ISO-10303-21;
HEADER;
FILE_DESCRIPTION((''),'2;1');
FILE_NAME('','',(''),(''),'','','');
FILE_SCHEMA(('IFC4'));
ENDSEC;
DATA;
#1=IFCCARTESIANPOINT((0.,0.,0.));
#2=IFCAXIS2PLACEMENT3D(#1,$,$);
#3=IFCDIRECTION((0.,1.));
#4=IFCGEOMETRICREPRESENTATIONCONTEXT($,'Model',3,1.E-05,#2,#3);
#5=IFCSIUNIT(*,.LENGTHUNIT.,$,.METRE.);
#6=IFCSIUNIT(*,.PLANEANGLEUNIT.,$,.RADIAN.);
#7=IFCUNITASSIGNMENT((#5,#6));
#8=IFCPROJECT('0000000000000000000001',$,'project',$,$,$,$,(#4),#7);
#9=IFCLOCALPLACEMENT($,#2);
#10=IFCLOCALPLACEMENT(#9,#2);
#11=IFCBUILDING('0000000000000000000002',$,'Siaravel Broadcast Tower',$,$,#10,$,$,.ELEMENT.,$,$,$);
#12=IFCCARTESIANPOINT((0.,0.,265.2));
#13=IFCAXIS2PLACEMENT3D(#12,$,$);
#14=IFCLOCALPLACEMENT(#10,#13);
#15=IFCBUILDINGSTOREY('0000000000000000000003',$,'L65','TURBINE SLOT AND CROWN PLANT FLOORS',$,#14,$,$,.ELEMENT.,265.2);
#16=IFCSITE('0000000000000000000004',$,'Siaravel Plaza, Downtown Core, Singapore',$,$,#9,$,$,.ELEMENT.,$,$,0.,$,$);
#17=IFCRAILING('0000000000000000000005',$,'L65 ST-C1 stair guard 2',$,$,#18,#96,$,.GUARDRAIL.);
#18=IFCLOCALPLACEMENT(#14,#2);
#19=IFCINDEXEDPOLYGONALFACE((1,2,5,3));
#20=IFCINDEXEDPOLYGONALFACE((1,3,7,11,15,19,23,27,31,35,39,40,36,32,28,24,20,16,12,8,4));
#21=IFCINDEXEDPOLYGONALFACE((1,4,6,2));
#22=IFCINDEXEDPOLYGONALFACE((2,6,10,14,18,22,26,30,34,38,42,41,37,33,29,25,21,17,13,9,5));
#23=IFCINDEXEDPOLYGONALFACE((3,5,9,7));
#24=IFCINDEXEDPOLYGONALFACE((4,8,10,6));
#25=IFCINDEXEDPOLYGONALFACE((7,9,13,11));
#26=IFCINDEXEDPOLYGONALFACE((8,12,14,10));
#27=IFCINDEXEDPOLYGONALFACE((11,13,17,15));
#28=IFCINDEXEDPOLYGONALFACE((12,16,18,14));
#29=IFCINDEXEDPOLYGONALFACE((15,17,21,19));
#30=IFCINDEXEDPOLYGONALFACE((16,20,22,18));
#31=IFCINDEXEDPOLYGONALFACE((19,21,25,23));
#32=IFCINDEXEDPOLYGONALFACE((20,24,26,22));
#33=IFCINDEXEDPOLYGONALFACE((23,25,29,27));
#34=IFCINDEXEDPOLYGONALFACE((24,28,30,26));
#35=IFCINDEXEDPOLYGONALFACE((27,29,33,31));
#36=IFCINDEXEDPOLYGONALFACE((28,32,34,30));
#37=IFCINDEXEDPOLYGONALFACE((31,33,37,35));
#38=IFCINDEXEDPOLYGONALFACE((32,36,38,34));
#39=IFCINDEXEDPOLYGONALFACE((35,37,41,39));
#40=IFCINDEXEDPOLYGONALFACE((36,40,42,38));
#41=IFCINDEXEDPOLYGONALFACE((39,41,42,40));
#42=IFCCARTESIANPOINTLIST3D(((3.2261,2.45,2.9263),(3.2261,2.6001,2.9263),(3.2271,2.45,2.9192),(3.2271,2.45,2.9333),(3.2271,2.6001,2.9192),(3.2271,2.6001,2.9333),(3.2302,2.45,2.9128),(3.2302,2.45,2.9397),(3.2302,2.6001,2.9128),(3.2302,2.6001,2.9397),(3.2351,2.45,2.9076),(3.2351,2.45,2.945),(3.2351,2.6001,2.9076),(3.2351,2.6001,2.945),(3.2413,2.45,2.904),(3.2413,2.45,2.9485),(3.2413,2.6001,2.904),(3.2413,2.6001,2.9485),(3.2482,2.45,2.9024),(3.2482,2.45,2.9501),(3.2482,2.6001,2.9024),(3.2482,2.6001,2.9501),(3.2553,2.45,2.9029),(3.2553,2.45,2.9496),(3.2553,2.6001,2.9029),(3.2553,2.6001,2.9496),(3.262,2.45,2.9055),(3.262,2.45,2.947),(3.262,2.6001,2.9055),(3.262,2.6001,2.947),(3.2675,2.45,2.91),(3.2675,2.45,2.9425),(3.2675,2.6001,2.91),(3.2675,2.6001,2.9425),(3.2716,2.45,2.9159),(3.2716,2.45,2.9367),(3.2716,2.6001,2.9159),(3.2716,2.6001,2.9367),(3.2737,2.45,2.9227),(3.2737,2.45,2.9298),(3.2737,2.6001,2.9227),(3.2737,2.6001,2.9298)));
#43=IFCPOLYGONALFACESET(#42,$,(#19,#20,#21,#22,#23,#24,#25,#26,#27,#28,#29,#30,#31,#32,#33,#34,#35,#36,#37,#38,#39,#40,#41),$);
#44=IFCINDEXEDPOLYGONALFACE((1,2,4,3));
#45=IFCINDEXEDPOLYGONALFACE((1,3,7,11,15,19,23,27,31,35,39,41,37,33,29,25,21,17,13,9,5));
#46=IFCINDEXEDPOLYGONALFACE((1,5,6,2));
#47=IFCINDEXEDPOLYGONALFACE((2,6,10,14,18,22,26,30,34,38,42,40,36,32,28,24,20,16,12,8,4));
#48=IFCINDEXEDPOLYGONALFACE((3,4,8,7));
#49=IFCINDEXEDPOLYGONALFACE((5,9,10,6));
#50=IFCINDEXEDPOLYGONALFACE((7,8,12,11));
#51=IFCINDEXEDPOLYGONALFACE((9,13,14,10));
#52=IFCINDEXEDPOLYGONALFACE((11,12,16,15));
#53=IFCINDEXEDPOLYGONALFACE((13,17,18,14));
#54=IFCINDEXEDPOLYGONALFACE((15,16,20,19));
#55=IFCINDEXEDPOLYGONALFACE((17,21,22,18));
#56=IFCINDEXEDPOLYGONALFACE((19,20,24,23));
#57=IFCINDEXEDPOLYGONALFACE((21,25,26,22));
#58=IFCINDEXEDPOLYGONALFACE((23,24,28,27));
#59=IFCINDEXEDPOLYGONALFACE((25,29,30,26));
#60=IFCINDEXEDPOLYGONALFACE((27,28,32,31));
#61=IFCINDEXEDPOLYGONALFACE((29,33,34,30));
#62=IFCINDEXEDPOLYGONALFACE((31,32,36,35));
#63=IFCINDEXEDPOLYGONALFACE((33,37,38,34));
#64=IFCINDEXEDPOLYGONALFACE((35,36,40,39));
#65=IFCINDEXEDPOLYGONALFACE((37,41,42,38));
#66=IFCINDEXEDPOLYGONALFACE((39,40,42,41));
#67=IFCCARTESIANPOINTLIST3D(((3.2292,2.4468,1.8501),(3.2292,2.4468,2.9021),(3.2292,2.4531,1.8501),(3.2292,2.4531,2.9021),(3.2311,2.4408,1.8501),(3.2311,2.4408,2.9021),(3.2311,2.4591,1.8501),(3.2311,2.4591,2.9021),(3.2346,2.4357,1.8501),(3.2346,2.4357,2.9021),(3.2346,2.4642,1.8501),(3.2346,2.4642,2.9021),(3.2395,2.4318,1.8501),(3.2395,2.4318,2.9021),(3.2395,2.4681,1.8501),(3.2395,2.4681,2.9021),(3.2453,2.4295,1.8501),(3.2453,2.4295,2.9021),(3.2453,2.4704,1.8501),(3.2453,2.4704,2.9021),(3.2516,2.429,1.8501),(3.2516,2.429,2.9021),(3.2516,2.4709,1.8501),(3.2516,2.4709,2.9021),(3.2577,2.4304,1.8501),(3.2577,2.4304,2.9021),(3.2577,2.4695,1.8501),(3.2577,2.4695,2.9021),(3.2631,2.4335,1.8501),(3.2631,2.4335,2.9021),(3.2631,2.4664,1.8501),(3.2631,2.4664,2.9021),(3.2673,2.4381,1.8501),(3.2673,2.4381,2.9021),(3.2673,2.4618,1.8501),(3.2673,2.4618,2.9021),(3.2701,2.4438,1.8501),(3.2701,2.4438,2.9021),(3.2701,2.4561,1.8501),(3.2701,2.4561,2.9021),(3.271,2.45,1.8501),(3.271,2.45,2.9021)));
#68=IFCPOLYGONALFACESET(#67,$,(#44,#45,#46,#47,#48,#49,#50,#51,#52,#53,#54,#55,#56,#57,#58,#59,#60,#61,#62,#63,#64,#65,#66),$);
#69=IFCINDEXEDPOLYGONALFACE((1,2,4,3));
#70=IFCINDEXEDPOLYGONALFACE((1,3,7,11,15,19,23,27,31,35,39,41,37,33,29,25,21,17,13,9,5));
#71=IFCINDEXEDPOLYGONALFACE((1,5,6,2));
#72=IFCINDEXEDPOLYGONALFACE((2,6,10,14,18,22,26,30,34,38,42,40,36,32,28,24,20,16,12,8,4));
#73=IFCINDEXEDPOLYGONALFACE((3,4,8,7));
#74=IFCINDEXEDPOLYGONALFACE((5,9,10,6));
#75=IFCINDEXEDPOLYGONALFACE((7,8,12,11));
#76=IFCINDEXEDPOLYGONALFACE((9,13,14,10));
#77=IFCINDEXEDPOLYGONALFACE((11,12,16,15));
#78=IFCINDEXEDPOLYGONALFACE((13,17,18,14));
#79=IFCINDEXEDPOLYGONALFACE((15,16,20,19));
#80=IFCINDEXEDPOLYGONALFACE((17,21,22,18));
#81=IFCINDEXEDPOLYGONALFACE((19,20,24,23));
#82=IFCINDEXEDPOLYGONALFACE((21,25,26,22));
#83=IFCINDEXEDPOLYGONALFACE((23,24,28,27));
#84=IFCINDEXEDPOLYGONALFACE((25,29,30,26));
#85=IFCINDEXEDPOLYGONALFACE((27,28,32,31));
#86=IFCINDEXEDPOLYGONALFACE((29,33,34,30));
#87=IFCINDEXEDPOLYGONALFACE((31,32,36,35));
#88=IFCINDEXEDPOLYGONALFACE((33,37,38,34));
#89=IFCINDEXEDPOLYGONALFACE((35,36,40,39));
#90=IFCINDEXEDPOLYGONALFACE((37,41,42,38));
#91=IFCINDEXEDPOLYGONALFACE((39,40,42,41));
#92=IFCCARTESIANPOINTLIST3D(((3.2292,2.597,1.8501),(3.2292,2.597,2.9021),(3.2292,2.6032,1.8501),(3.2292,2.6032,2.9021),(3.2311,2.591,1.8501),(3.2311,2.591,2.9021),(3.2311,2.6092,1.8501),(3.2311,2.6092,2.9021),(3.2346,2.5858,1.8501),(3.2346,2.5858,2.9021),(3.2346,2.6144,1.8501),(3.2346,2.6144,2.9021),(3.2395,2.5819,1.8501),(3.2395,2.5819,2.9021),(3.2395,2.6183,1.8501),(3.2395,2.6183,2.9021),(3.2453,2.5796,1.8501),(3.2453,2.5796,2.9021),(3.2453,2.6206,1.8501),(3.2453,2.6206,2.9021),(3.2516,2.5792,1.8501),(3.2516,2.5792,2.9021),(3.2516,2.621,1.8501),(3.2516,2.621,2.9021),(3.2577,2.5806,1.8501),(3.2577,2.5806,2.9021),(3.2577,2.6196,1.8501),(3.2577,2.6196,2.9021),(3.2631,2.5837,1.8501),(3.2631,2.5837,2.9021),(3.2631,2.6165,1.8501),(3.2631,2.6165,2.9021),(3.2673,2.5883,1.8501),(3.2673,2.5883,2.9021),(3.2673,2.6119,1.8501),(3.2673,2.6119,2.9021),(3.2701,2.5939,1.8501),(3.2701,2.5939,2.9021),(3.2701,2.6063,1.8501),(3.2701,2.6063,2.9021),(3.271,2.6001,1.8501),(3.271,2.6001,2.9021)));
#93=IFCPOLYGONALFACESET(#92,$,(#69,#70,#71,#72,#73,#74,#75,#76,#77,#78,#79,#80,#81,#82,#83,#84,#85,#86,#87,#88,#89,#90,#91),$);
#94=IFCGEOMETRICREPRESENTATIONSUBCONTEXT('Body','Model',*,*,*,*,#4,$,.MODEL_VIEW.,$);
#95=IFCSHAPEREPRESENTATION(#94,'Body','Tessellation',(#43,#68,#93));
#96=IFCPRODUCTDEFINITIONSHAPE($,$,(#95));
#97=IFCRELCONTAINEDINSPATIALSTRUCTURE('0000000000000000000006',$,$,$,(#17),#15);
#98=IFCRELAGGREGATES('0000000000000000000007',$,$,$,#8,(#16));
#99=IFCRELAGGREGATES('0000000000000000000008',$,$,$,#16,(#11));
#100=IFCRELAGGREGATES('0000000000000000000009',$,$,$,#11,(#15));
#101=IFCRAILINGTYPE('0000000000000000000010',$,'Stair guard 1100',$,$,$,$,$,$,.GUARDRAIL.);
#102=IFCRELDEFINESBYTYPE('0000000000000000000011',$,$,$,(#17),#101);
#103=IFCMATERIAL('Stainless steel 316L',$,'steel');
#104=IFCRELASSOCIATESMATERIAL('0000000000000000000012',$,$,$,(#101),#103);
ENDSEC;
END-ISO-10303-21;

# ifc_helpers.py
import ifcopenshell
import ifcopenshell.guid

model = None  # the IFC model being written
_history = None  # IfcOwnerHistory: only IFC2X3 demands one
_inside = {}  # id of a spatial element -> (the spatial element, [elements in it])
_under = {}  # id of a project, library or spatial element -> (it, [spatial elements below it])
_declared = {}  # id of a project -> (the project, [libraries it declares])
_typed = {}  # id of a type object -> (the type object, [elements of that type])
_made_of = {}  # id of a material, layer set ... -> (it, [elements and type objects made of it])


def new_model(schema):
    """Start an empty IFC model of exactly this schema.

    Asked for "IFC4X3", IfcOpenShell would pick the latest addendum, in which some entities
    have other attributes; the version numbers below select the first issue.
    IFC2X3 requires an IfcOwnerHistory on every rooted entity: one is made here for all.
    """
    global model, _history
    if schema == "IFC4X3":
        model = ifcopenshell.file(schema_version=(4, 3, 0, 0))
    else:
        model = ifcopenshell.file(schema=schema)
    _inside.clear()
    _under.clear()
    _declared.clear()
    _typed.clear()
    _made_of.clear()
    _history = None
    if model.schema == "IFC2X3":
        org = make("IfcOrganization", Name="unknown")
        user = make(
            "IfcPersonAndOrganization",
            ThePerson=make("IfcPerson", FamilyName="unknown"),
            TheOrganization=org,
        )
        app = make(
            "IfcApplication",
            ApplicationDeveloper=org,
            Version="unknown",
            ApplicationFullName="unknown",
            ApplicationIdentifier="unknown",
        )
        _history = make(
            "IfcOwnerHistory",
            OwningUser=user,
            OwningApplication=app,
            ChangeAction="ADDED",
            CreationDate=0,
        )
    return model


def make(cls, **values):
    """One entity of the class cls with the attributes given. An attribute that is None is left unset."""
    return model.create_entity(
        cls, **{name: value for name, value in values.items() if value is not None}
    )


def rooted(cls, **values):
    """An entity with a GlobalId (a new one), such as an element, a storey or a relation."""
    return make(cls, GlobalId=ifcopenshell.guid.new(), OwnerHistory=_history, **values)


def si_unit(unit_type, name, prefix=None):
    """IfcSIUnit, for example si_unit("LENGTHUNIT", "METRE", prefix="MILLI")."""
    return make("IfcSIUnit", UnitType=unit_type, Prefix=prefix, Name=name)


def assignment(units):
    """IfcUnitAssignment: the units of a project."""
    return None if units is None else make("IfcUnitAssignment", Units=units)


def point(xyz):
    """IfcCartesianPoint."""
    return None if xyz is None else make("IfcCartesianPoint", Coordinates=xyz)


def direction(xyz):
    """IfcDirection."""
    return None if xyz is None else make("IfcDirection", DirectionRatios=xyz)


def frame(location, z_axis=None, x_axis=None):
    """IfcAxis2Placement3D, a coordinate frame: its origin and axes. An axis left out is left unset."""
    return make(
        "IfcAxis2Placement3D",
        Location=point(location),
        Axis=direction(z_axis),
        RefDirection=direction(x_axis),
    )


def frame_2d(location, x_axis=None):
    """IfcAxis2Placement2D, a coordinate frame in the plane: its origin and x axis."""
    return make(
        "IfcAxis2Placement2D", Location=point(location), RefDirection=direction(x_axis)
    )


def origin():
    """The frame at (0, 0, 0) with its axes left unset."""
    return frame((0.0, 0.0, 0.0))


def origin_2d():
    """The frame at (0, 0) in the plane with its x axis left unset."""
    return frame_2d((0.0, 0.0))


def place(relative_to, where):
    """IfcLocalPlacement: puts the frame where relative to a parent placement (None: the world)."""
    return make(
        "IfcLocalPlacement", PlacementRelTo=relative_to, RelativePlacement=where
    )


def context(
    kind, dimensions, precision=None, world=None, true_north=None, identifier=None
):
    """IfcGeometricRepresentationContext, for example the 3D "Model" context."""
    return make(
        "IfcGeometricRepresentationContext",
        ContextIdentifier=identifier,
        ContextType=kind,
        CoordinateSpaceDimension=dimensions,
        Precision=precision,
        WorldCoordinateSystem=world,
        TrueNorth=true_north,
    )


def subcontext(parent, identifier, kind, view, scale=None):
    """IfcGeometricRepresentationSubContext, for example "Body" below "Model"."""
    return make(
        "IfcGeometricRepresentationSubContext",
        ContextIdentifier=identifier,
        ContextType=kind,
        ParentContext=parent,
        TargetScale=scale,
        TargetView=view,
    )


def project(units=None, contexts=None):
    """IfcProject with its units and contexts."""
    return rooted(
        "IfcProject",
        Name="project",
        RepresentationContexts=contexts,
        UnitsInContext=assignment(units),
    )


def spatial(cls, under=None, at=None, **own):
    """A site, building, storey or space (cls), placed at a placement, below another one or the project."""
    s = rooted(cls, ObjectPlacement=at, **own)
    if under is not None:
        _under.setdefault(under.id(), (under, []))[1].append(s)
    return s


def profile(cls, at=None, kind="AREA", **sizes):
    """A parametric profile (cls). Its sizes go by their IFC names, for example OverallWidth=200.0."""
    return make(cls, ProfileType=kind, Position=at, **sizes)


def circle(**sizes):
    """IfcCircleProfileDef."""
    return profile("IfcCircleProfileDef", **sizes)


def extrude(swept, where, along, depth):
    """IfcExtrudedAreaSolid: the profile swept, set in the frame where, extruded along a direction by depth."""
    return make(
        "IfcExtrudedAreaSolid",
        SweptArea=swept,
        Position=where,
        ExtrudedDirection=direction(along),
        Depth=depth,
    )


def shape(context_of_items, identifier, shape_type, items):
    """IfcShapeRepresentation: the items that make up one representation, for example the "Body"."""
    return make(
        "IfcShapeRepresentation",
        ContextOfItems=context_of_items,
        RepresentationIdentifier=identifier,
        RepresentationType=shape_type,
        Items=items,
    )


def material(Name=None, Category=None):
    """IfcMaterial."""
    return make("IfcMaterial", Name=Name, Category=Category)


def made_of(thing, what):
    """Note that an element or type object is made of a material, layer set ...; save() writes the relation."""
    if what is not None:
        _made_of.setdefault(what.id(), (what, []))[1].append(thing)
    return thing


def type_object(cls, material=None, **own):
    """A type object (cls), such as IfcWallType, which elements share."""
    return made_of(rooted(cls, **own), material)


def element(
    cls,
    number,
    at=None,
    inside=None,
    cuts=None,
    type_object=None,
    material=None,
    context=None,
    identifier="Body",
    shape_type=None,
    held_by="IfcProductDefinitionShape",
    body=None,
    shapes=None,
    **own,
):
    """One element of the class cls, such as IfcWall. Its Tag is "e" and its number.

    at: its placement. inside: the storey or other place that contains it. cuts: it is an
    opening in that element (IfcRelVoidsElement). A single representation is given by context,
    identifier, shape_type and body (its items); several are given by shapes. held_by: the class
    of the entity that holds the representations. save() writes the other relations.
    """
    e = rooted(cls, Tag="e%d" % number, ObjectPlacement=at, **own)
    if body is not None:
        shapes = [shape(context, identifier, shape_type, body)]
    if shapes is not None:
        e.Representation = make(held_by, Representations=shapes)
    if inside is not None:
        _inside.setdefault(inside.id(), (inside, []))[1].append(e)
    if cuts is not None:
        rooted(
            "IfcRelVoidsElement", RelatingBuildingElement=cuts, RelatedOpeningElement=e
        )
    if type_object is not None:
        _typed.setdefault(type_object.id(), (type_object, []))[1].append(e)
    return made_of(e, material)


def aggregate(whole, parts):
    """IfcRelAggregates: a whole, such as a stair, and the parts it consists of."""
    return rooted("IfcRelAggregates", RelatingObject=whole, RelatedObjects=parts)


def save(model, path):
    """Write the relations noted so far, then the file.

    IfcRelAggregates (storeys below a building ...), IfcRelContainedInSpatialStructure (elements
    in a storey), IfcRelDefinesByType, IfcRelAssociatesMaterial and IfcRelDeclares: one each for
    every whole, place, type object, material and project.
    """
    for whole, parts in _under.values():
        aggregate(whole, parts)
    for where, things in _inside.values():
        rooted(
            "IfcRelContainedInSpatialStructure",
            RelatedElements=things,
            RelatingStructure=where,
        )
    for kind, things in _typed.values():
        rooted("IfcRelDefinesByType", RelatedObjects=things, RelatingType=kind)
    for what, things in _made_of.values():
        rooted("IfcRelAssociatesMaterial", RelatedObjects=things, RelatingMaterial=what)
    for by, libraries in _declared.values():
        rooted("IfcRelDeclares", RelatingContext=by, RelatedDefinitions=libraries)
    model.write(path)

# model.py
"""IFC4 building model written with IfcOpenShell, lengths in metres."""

from ifc_helpers import new_model, si_unit, direction, frame, origin, origin_2d, place, context, subcontext, project, spatial, circle, extrude, material, type_object, element, save


model = new_model("IFC4")

# Units and contexts
model_context = context("Model", 3, precision=1e-05, world=origin(), true_north=direction((0.0, 1.0)))
body_context = subcontext(model_context, "Body", "Model", "MODEL_VIEW")
ifc_project = project(units=[si_unit("LENGTHUNIT", "METRE"), si_unit("PLANEANGLEUNIT", "RADIAN")], contexts=[model_context])

# Site, building, storey
site_placement = place(None, origin())
site = spatial("IfcSite", under=ifc_project, at=site_placement, Name="Siaravel Plaza, Downtown Core, Singapore", CompositionType="ELEMENT", RefElevation=0.0)
building_placement = place(site_placement, origin())
building = spatial("IfcBuilding", under=site, at=building_placement, Name="Siaravel Broadcast Tower", CompositionType="ELEMENT")
storey_placement = place(building_placement, frame((0.0, 0.0, 265.2)))
storey = spatial("IfcBuildingStorey", under=building, at=storey_placement, Name="L65", Description="TURBINE SLOT AND CROWN PLANT FLOORS", CompositionType="ELEMENT", Elevation=265.2)

# Railing
ifc_material_1 = material(Name="Stainless steel 316L", Category="steel")
railing_type_1 = type_object("IfcRailingType", Name="Stair guard 1100", PredefinedType="GUARDRAIL", material=ifc_material_1)
railing_1_placement = place(storey_placement, frame((3.25, 2.45, 1.8501)))
element("IfcRailing", 1, at=railing_1_placement, inside=storey, type_object=railing_type_1, Name="L65 ST-C1 stair guard 2", PredefinedType="GUARDRAIL", context=body_context, shape_type="SweptSolid", body=[
    extrude(circle(Radius=0.0239, at=origin_2d()), frame((0.0, 0.0, 1.0762), z_axis=(0.0, 1.0, 0.0), x_axis=(-1.0, 0.0, 0.0)), (0.0, 0.0, 1.0), 0.1501),
    extrude(circle(Radius=0.021, at=origin_2d()), origin(), (0.0, 0.0, 1.0), 1.052),
    extrude(circle(Radius=0.021, at=origin_2d()), frame((0.0, 0.1501, 0.0)), (0.0, 0.0, 1.0), 1.052),
])

save(model, "model.ifc")
